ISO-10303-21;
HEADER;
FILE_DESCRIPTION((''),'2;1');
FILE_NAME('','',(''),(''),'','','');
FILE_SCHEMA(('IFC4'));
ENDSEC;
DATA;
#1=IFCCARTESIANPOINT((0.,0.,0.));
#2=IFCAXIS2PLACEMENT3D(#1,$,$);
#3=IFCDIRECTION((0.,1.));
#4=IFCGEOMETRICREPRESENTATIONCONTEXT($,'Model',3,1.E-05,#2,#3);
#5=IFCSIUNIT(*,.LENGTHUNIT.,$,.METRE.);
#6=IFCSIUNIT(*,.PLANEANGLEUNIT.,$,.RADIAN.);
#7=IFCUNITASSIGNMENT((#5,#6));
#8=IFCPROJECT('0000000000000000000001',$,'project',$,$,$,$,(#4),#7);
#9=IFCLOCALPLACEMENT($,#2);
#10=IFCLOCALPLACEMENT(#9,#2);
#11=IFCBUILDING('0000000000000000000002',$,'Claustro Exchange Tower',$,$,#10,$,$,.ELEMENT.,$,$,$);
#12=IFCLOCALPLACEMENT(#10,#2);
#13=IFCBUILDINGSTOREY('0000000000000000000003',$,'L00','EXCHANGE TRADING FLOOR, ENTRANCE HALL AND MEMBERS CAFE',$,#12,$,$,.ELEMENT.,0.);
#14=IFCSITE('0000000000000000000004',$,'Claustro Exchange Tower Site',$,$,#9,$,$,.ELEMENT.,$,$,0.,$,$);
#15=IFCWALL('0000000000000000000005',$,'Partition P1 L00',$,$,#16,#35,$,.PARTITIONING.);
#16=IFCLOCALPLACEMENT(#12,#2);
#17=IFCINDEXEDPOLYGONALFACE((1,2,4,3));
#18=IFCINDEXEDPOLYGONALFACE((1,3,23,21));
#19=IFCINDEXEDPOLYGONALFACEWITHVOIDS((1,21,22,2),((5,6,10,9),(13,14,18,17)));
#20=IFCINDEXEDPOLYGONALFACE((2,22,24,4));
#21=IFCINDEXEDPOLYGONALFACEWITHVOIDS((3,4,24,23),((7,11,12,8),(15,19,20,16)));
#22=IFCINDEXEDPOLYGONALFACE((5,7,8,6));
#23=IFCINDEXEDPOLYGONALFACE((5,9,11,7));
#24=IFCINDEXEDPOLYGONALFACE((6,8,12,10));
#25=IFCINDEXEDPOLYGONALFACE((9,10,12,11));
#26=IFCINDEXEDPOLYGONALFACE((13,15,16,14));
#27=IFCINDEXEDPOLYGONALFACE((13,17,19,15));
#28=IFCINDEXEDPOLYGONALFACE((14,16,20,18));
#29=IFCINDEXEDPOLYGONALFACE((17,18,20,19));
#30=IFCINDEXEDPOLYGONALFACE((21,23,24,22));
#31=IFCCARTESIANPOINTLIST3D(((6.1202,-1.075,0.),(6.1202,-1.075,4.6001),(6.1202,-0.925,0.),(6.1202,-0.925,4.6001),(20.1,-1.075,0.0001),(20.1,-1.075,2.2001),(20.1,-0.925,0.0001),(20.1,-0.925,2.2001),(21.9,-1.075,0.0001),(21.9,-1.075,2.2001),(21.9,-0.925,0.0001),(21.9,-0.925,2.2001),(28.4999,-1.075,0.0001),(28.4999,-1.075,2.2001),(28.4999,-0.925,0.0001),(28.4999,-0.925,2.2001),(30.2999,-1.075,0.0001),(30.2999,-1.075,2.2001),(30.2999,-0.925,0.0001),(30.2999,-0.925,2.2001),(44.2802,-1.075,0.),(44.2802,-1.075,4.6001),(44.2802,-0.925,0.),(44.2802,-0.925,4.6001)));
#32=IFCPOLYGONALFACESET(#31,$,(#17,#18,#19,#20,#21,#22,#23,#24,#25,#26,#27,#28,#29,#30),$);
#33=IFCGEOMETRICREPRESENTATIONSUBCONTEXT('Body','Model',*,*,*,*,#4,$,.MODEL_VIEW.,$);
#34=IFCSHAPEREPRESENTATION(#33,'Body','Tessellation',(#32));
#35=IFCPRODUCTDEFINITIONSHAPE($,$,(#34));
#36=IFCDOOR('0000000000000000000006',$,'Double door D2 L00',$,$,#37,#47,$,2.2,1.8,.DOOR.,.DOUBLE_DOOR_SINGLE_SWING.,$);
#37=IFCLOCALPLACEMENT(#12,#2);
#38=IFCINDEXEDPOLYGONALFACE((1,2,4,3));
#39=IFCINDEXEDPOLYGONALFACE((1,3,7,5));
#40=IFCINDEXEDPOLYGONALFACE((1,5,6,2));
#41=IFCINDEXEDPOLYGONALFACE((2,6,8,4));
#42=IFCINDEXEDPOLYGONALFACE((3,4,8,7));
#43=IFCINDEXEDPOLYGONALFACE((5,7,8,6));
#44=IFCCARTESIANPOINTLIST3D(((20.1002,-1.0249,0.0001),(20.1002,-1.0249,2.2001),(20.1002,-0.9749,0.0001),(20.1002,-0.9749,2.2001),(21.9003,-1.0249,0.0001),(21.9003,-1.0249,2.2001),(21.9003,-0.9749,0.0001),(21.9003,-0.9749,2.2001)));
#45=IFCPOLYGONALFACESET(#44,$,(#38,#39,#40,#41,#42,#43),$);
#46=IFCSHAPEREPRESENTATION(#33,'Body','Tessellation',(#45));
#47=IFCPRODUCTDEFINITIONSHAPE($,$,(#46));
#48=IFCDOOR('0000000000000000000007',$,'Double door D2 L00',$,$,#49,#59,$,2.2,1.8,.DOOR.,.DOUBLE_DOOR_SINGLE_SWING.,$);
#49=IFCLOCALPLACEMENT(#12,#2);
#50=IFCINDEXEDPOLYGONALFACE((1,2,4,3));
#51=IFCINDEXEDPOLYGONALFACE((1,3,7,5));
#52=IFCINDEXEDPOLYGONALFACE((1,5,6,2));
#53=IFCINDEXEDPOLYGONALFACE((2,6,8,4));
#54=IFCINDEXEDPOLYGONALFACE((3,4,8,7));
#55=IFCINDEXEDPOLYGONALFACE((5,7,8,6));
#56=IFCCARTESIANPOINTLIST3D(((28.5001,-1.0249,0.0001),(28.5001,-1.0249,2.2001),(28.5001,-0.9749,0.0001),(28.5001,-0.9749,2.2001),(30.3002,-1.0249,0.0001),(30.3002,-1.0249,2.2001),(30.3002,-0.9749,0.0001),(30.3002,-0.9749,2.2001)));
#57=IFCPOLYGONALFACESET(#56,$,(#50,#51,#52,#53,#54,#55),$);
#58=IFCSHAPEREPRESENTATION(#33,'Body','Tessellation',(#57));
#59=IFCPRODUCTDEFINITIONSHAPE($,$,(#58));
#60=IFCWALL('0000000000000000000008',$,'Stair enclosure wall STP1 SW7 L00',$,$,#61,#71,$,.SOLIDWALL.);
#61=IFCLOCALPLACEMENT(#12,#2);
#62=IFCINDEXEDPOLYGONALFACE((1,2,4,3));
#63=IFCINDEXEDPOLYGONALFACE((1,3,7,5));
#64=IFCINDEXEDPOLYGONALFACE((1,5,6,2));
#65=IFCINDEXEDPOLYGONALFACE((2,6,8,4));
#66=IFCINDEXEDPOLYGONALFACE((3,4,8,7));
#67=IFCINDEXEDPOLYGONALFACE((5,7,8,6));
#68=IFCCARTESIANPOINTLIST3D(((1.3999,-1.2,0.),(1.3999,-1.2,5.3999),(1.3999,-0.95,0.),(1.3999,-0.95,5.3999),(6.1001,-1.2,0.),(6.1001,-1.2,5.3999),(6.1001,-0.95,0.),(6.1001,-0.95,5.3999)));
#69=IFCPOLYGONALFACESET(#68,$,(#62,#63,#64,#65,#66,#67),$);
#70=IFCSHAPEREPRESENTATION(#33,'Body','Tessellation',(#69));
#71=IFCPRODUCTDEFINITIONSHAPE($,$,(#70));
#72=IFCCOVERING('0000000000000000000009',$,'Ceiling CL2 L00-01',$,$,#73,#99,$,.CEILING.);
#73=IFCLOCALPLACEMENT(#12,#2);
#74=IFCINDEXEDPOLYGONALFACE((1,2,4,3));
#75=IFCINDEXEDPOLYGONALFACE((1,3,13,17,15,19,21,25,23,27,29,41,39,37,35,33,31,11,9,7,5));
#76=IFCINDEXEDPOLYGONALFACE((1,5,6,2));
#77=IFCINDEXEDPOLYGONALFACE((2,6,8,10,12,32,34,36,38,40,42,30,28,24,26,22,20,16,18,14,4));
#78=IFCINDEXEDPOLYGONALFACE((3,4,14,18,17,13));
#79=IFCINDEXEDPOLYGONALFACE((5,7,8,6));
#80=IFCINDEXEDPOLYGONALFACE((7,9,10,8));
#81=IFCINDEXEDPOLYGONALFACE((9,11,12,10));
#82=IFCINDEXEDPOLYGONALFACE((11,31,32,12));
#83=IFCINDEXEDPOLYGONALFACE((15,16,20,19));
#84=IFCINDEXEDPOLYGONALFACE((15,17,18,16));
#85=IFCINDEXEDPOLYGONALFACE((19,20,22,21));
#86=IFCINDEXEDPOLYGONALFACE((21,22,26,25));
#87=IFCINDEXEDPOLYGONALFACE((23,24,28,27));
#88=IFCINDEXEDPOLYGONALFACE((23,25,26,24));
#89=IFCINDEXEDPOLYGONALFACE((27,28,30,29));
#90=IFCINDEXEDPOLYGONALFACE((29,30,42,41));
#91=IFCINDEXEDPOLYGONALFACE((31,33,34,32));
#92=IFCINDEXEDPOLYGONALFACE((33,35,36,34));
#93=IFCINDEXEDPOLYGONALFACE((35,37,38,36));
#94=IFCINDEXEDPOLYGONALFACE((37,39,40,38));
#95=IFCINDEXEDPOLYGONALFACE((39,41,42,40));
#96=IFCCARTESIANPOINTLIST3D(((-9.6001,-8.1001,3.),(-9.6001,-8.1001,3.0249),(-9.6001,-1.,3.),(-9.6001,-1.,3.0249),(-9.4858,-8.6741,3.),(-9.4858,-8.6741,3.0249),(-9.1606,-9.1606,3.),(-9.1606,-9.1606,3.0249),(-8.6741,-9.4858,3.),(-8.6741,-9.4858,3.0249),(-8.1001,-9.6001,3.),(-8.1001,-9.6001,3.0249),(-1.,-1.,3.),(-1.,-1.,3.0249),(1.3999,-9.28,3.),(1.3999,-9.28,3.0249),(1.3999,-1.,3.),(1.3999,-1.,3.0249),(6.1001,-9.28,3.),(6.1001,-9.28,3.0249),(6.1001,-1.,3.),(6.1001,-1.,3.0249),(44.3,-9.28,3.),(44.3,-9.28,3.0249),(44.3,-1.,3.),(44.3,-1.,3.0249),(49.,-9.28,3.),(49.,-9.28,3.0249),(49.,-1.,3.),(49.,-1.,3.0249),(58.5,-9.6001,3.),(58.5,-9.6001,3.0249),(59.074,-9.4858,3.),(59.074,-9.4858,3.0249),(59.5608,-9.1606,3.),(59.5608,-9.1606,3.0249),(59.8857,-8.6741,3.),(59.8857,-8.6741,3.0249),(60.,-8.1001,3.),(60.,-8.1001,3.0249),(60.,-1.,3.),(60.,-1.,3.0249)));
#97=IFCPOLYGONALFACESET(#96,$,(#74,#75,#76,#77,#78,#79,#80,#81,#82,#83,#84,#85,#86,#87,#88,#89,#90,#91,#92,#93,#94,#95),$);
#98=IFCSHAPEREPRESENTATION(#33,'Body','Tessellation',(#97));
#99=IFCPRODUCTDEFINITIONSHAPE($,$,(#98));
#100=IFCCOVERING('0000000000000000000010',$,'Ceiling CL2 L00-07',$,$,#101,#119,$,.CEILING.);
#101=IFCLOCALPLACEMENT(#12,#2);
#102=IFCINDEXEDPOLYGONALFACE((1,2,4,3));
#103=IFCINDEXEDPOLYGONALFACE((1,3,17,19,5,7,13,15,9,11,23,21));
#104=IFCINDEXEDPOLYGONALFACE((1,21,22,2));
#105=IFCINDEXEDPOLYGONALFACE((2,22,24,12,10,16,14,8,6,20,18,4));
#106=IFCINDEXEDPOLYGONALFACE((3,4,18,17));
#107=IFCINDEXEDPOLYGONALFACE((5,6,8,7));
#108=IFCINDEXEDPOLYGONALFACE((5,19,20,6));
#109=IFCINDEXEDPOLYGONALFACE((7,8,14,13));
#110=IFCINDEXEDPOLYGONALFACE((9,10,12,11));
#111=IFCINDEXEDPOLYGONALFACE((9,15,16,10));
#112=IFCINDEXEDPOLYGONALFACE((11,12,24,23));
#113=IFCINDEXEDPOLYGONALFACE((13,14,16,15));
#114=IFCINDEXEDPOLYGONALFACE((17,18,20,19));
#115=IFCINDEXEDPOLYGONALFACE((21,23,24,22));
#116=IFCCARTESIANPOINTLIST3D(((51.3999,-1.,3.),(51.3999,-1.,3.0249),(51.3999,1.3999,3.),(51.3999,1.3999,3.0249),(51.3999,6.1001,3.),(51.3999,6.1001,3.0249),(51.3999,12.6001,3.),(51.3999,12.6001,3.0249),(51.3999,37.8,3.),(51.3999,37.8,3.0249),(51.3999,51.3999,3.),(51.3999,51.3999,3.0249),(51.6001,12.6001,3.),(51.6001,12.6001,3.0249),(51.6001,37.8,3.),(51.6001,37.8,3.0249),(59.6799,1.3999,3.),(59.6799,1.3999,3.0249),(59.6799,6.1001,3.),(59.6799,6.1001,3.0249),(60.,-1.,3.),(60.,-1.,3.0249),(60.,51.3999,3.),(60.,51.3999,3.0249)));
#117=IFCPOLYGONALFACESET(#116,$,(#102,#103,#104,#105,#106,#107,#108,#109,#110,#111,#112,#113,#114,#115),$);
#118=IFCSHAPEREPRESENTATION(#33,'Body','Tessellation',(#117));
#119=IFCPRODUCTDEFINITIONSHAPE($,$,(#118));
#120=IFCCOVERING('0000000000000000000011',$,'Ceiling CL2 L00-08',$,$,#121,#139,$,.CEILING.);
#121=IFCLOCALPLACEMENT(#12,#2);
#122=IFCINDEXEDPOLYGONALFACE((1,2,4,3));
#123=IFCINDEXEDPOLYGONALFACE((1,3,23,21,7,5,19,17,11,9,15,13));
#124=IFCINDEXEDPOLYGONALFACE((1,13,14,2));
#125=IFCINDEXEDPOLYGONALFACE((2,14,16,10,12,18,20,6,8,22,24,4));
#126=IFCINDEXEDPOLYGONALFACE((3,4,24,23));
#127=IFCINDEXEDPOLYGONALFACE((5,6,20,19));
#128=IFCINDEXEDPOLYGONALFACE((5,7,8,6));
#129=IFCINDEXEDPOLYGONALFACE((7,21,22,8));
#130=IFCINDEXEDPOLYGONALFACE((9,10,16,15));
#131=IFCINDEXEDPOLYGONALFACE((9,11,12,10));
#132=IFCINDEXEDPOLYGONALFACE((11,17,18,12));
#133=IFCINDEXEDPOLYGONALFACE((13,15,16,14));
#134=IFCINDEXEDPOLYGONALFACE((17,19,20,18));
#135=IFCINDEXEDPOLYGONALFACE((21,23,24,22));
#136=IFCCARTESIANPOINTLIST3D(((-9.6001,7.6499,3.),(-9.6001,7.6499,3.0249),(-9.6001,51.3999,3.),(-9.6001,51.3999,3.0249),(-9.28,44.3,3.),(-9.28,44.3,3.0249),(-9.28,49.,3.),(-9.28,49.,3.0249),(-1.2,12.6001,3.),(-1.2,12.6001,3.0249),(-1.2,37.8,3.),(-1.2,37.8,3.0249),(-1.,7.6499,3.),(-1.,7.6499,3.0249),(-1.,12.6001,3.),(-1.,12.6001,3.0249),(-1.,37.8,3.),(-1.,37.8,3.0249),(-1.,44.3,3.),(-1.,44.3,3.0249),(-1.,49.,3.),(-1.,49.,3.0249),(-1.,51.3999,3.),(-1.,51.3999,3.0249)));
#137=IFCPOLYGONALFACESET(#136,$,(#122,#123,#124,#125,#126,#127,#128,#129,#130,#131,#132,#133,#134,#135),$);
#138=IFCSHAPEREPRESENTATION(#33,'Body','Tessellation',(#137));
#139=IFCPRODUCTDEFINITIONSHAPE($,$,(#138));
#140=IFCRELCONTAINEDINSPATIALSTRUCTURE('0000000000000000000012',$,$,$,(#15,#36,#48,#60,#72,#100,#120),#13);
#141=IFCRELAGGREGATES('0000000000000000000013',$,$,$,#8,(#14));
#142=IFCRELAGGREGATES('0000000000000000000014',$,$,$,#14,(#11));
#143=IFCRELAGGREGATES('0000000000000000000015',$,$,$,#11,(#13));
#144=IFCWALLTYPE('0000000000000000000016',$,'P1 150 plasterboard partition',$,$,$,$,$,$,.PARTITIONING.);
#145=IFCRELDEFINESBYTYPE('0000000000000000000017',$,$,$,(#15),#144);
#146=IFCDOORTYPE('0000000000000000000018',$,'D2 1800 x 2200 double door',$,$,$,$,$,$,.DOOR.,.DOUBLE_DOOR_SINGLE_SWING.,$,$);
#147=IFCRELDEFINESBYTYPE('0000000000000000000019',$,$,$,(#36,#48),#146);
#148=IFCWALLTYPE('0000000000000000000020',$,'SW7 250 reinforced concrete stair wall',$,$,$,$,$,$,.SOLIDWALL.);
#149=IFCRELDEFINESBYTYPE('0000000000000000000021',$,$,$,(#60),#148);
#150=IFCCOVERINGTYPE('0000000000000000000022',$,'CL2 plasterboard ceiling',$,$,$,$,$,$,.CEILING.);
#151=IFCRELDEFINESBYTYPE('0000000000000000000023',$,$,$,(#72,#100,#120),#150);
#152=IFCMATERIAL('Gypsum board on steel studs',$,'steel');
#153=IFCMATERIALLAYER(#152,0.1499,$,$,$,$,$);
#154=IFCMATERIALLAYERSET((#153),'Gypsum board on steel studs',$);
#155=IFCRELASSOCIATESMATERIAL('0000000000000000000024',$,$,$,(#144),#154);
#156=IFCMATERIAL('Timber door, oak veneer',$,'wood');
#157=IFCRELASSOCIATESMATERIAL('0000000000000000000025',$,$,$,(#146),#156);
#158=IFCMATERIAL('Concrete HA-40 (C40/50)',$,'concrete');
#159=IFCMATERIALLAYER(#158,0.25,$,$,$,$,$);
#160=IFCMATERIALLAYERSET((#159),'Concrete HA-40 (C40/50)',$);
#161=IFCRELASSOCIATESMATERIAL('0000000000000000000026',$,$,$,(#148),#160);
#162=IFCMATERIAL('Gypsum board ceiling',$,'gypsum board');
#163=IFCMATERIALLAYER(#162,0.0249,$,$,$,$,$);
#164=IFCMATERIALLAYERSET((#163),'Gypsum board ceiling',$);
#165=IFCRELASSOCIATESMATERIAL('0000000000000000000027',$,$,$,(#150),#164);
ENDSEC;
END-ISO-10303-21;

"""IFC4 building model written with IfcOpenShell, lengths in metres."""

from ifc_helpers import new_model, si_unit, direction, frame, frame_2d, origin, place, context, subcontext, project, spatial, polyline, rectangle, outline, extrude, material, layer, layer_set, type_object, element, fill, save


model = new_model("IFC4")

# Units and contexts
model_context = context("Model", 3, precision=1e-05, world=origin(), true_north=direction((0.0, 1.0)))
body_context = subcontext(model_context, "Body", "Model", "MODEL_VIEW")
ifc_project = project(units=[si_unit("LENGTHUNIT", "METRE"), si_unit("PLANEANGLEUNIT", "RADIAN")], contexts=[model_context])

# Site, building, storey
site_placement = place(None, origin())
site = spatial("IfcSite", under=ifc_project, at=site_placement, Name="Claustro Exchange Tower Site", CompositionType="ELEMENT", RefElevation=0.0)
building_placement = place(site_placement, origin())
building = spatial("IfcBuilding", under=site, at=building_placement, Name="Claustro Exchange Tower", CompositionType="ELEMENT")
storey_placement = place(building_placement, origin())
storey = spatial("IfcBuildingStorey", under=building, at=storey_placement, Name="L00", Description="EXCHANGE TRADING FLOOR, ENTRANCE HALL AND MEMBERS CAFE", CompositionType="ELEMENT", Elevation=0.0)

# Wall, openings, doors
ifc_material_1 = material(Name="Gypsum board on steel studs", Category="steel")
ifc_layer_1 = layer(ifc_material_1, 0.1499)
ifc_layer_set_1 = layer_set([ifc_layer_1], Name="Gypsum board on steel studs")
wall_type_1 = type_object("IfcWallType", Name="P1 150 plasterboard partition", PredefinedType="PARTITIONING", material=ifc_layer_set_1)
wall_1_placement = place(storey_placement, frame((6.1201, -1.0, 0.0), z_axis=(0.0, 0.0, 1.0), x_axis=(1.0, 0.0, 0.0)))
wall_1 = element("IfcWall", 1, at=wall_1_placement, inside=storey, type_object=wall_type_1, Name="Partition P1 L00", PredefinedType="PARTITIONING", context=body_context, shape_type="SweptSolid", body=[
    extrude(rectangle(XDim=38.1599, YDim=0.1499, at=frame_2d((19.0801, 0.0))), origin(), (0.0, 0.0, 1.0), 4.6001),
])
opening_1_placement = place(wall_1_placement, frame((13.98, 0.0, 0.0)))
opening_1 = element("IfcOpeningElement", 2, at=opening_1_placement, cuts=wall_1, PredefinedType="OPENING", context=body_context, shape_type="SweptSolid", body=[
    extrude(rectangle(XDim=1.8, YDim=2.2, at=frame_2d((0.8999, 1.1001))), frame((0.0, 0.085, 0.0), z_axis=(0.0, -1.0, 0.0), x_axis=(1.0, 0.0, 0.0)), (0.0, 0.0, 1.0), 0.1699),
])
opening_2_placement = place(wall_1_placement, frame((22.3799, 0.0, 0.0)))
opening_2 = element("IfcOpeningElement", 3, at=opening_2_placement, cuts=wall_1, PredefinedType="OPENING", context=body_context, shape_type="SweptSolid", body=[
    extrude(rectangle(XDim=1.8, YDim=2.2, at=frame_2d((0.8999, 1.1001))), frame((0.0, 0.085, 0.0), z_axis=(0.0, -1.0, 0.0), x_axis=(1.0, 0.0, 0.0)), (0.0, 0.0, 1.0), 0.1699),
])
ifc_material_2 = material(Name="Timber door, oak veneer", Category="wood")
door_type = type_object("IfcDoorType", Name="D2 1800 x 2200 double door", OperationType="DOUBLE_DOOR_SINGLE_SWING", PredefinedType="DOOR", material=ifc_material_2)
door_1_placement = place(opening_1_placement, frame((1.8, 0.0, 0.0), z_axis=(0.0, 0.0, 1.0), x_axis=(-1.0, 0.0, 0.0)))
door_1 = element("IfcDoor", 4, at=door_1_placement, inside=storey, type_object=door_type, Name="Double door D2 L00", OperationType="DOUBLE_DOOR_SINGLE_SWING", OverallHeight=2.2, OverallWidth=1.8, PredefinedType="DOOR", context=body_context, shape_type="SweptSolid", body=[
    extrude(rectangle(XDim=1.8, YDim=2.2, at=frame_2d((0.8999, 1.1001))), frame((0.0, 0.0249, 0.0), z_axis=(0.0, -1.0, 0.0), x_axis=(1.0, 0.0, 0.0)), (0.0, 0.0, 1.0), 0.05),
])
fill(opening_1, door_1)
door_2_placement = place(opening_2_placement, frame((1.8, 0.0, 0.0), z_axis=(0.0, 0.0, 1.0), x_axis=(-1.0, 0.0, 0.0)))
door_2 = element("IfcDoor", 5, at=door_2_placement, inside=storey, type_object=door_type, Name="Double door D2 L00", OperationType="DOUBLE_DOOR_SINGLE_SWING", OverallHeight=2.2, OverallWidth=1.8, PredefinedType="DOOR", context=body_context, shape_type="SweptSolid", body=[
    extrude(rectangle(XDim=1.8, YDim=2.2, at=frame_2d((0.8999, 1.1001))), frame((0.0, 0.0249, 0.0), z_axis=(0.0, -1.0, 0.0), x_axis=(1.0, 0.0, 0.0)), (0.0, 0.0, 1.0), 0.05),
])
fill(opening_2, door_2)

# Wall
ifc_material_3 = material(Name="Concrete HA-40 (C40/50)", Category="concrete")
ifc_layer_2 = layer(ifc_material_3, 0.25)
ifc_layer_set_2 = layer_set([ifc_layer_2], Name="Concrete HA-40 (C40/50)")
wall_type_2 = type_object("IfcWallType", Name="SW7 250 reinforced concrete stair wall", PredefinedType="SOLIDWALL", material=ifc_layer_set_2)
wall_2_placement = place(storey_placement, frame((1.3999, -1.075, 0.0), z_axis=(0.0, 0.0, 1.0), x_axis=(1.0, 0.0, 0.0)))
element("IfcWall", 6, at=wall_2_placement, inside=storey, type_object=wall_type_2, Name="Stair enclosure wall STP1 SW7 L00", PredefinedType="SOLIDWALL", context=body_context, shape_type="SweptSolid", body=[
    extrude(rectangle(XDim=4.7002, YDim=0.25, at=frame_2d((2.3501, 0.0))), origin(), (0.0, 0.0, 1.0), 5.3999),
])

# Coverings
ifc_material_4 = material(Name="Gypsum board ceiling", Category="gypsum board")
ifc_layer_3 = layer(ifc_material_4, 0.0249)
ifc_layer_set_3 = layer_set([ifc_layer_3], Name="Gypsum board ceiling")
covering_type_1 = type_object("IfcCoveringType", Name="CL2 plasterboard ceiling", PredefinedType="CEILING", material=ifc_layer_set_3)
covering_1_placement = place(storey_placement, frame((0.0, 0.0, 3.0)))
element("IfcCovering", 7, at=covering_1_placement, inside=storey, type_object=covering_type_1, Name="Ceiling CL2 L00-01", PredefinedType="CEILING", context=body_context, shape_type="SweptSolid", body=[
    extrude(outline(polyline([(-9.1606, -9.1606), (-8.6741, -9.4858), (-8.1001, -9.6001), (58.5, -9.6001), (59.074, -9.4858), (59.5608, -9.1606), (59.8857, -8.6741), (60.0, -8.1001), (60.0, -1.0), (49.0, -1.0), (49.0, -9.28), (44.3, -9.28), (44.3, -1.0), (6.1001, -1.0), (6.1001, -9.28), (1.3999, -9.28), (1.3999, -1.0), (-1.0, -1.0), (-9.6001, -1.0), (-9.6001, -8.1001), (-9.4858, -8.6741), (-9.1606, -9.1606)])), origin(), (0.0, 0.0, 1.0), 0.0249),
])
covering_2_placement = place(storey_placement, frame((0.0, 0.0, 3.0)))
element("IfcCovering", 8, at=covering_2_placement, inside=storey, type_object=covering_type_1, Name="Ceiling CL2 L00-07", PredefinedType="CEILING", context=body_context, shape_type="SweptSolid", body=[
    extrude(outline(polyline([(51.3999, -1.0), (60.0, -1.0), (60.0, 51.3999), (51.3999, 51.3999), (51.3999, 37.8), (51.6001, 37.8), (51.6001, 12.6001), (51.3999, 12.6001), (51.3999, 6.1001), (59.6799, 6.1001), (59.6799, 1.3999), (51.3999, 1.3999), (51.3999, -1.0)])), origin(), (0.0, 0.0, 1.0), 0.0249),
])
covering_3_placement = place(storey_placement, frame((0.0, 0.0, 3.0)))
element("IfcCovering", 9, at=covering_3_placement, inside=storey, type_object=covering_type_1, Name="Ceiling CL2 L00-08", PredefinedType="CEILING", context=body_context, shape_type="SweptSolid", body=[
    extrude(outline(polyline([(-1.0, 51.3999), (-9.6001, 51.3999), (-9.6001, 7.6499), (-1.0, 7.6499), (-1.0, 12.6001), (-1.2, 12.6001), (-1.2, 37.8), (-1.0, 37.8), (-1.0, 44.3), (-9.28, 44.3), (-9.28, 49.0), (-1.0, 49.0), (-1.0, 51.3999)])), origin(), (0.0, 0.0, 1.0), 0.0249),
])

save(model, "model.ifc")
